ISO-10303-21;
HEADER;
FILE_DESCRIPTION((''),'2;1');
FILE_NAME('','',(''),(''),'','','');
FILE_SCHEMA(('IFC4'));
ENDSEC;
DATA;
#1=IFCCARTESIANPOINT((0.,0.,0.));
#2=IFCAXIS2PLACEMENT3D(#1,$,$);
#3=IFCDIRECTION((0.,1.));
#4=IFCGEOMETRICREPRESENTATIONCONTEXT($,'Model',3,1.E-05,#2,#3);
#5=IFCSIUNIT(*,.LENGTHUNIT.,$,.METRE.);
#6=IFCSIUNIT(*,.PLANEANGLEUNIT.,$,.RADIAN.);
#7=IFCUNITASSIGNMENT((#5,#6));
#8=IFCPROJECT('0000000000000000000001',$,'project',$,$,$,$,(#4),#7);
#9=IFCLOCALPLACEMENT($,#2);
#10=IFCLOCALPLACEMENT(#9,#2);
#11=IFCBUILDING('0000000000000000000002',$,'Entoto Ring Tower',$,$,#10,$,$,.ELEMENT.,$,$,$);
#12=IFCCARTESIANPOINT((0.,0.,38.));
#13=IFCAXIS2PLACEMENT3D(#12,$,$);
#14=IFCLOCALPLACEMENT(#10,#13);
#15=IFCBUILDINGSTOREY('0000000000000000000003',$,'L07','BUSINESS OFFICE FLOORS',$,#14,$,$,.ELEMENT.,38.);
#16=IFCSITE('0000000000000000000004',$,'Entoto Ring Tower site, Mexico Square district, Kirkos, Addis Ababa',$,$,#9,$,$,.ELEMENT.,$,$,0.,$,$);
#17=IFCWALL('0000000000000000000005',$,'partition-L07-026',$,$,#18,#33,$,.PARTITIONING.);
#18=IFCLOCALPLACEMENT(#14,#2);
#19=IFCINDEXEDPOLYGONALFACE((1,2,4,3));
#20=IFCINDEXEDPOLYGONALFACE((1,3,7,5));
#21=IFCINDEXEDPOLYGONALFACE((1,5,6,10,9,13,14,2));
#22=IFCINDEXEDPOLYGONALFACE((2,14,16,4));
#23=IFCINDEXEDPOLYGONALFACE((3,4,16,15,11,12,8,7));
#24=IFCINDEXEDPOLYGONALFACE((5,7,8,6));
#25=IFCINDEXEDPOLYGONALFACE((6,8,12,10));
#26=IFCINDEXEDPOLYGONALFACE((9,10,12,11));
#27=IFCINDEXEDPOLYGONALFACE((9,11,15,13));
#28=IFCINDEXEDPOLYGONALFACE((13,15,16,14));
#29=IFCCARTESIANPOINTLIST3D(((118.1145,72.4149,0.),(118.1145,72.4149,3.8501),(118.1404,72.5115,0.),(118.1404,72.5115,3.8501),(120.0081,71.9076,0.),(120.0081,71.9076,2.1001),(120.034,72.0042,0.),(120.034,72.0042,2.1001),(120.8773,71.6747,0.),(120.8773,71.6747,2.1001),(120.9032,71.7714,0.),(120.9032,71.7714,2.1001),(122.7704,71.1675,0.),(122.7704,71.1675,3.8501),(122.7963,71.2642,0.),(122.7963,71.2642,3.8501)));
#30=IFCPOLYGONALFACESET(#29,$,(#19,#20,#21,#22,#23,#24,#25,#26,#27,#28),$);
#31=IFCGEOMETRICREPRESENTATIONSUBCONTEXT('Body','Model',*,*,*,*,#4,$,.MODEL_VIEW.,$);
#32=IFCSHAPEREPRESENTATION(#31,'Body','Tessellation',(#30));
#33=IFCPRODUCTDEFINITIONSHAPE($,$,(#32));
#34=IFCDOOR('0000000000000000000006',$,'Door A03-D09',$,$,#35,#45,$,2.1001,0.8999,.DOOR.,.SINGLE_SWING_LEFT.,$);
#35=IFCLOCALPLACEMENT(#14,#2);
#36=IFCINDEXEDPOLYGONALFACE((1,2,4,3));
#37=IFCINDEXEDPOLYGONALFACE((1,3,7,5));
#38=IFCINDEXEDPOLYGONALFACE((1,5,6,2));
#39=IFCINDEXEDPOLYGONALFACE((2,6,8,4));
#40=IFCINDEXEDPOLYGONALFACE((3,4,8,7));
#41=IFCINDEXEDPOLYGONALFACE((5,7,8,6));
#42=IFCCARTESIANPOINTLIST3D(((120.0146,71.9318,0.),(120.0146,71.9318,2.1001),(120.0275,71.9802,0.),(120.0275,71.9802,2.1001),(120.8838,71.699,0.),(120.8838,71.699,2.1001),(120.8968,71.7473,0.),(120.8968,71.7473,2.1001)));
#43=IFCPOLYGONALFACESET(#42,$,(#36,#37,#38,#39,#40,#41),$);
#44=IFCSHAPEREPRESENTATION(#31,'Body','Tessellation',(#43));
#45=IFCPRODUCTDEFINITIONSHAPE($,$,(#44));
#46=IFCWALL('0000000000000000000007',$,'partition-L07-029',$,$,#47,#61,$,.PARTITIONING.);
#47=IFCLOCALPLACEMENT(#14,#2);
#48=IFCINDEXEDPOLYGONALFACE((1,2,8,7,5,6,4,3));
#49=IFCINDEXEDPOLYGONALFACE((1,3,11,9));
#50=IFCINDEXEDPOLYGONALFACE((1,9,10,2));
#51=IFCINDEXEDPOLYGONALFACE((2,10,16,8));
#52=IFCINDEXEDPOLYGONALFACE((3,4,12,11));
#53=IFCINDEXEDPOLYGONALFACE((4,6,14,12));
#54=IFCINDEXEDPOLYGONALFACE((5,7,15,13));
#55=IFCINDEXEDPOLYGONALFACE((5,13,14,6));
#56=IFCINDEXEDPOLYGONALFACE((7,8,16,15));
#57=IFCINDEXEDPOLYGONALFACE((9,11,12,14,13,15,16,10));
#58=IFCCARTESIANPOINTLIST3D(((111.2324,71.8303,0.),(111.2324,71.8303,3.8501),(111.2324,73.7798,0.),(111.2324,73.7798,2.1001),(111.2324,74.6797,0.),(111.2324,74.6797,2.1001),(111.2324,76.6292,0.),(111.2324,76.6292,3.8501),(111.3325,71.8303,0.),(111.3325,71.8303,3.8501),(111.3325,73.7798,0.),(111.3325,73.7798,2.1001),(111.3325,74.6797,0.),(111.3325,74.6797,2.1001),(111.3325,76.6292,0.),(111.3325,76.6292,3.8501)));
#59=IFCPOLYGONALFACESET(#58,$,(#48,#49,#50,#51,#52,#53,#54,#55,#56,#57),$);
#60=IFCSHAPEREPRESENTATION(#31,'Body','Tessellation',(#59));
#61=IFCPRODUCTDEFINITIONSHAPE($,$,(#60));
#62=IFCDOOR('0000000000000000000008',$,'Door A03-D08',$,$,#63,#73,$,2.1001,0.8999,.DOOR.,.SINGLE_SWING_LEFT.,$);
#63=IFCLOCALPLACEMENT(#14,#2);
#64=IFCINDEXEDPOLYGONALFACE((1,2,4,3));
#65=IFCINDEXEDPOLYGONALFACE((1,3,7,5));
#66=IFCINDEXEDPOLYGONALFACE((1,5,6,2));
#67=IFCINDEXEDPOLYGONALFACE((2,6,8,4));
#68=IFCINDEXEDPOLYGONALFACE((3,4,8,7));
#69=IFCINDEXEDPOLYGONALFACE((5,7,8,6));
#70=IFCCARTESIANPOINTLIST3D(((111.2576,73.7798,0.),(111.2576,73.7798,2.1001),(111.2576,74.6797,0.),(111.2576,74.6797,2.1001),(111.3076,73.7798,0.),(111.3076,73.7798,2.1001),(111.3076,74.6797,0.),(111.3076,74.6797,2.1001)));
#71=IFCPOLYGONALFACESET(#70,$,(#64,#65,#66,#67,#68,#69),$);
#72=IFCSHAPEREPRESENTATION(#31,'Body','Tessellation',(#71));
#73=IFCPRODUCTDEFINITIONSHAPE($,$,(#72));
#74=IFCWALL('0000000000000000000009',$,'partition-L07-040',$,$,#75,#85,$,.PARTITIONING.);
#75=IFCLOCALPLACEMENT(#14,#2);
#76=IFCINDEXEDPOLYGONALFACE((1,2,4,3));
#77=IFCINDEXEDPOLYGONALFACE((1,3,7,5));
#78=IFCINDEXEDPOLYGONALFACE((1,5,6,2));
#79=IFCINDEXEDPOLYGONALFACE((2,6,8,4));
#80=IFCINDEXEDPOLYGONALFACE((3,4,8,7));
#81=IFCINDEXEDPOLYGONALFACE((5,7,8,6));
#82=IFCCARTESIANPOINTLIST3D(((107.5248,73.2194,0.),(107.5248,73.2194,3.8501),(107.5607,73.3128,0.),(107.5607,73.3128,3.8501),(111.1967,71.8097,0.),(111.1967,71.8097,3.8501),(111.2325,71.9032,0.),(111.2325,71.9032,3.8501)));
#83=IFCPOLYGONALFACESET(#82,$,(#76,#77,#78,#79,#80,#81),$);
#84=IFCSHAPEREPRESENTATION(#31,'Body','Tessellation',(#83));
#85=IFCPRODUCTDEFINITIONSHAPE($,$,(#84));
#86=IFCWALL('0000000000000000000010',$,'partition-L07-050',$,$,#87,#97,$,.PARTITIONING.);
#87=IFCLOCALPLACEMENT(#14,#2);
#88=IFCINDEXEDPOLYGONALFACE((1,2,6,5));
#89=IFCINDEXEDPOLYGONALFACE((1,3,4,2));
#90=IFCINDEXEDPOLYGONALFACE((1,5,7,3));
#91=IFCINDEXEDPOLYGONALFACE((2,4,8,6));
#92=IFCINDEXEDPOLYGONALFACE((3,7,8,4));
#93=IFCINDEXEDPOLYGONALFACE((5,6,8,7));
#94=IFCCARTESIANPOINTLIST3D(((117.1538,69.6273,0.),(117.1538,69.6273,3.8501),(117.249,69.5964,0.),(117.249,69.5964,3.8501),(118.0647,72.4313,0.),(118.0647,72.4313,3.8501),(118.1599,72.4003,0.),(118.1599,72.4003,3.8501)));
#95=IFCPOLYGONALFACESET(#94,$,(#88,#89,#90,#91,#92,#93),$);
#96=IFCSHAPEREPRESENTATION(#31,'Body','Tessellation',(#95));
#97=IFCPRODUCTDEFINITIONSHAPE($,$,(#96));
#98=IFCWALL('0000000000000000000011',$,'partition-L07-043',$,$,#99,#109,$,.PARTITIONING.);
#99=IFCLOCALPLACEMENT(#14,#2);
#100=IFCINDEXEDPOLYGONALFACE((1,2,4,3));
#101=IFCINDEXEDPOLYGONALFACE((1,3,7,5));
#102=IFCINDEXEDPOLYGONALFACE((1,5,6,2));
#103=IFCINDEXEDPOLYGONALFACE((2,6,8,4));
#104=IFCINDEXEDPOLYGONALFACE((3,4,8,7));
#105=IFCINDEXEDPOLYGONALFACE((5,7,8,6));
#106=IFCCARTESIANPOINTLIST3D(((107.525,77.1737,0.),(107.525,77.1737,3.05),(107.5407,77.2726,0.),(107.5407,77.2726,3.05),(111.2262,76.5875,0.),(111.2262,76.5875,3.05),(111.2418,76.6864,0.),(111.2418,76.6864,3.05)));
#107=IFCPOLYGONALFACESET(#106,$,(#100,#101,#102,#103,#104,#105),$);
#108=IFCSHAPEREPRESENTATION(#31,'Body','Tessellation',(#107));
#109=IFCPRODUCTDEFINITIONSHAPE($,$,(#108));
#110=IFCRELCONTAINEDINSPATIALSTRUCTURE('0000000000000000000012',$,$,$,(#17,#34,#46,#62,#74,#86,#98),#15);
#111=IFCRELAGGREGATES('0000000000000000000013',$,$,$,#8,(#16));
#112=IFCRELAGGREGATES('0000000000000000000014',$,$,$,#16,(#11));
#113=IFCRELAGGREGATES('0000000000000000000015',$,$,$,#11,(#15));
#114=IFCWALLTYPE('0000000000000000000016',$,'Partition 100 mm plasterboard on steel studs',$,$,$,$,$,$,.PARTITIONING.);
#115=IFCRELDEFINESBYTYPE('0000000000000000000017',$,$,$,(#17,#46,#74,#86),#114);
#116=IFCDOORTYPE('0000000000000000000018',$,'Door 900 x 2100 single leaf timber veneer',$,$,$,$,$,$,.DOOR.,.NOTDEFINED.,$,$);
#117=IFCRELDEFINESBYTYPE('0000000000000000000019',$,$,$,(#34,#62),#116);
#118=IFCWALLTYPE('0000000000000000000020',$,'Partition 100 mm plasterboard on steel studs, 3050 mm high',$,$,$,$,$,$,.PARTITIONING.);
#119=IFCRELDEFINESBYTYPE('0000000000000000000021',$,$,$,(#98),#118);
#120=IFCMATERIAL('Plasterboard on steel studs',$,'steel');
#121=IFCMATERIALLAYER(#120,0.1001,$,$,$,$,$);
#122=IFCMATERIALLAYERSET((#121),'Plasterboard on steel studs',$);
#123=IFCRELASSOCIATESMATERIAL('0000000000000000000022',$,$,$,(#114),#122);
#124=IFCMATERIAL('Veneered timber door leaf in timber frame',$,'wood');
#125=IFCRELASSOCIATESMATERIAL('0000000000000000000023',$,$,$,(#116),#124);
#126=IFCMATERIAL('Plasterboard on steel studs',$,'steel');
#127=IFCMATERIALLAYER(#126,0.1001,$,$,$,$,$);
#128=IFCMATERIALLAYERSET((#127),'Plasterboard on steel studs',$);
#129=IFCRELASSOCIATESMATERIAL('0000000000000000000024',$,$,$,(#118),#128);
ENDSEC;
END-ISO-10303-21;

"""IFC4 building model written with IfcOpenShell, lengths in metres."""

from ifc_helpers import new_model, si_unit, direction, frame, frame_2d, origin, place, context, subcontext, project, spatial, rectangle, extrude, material, layer, layer_set, type_object, element, fill, save


model = new_model("IFC4")

# Units and contexts
model_context = context("Model", 3, precision=1e-05, world=origin(), true_north=direction((0.0, 1.0)))
body_context = subcontext(model_context, "Body", "Model", "MODEL_VIEW")
ifc_project = project(units=[si_unit("LENGTHUNIT", "METRE"), si_unit("PLANEANGLEUNIT", "RADIAN")], contexts=[model_context])

# Site, building, storey
site_placement = place(None, origin())
site = spatial("IfcSite", under=ifc_project, at=site_placement, Name="Entoto Ring Tower site, Mexico Square district, Kirkos, Addis Ababa", CompositionType="ELEMENT", RefElevation=0.0)
building_placement = place(site_placement, origin())
building = spatial("IfcBuilding", under=site, at=building_placement, Name="Entoto Ring Tower", CompositionType="ELEMENT")
storey_placement = place(building_placement, frame((0.0, 0.0, 38.0)))
storey = spatial("IfcBuildingStorey", under=building, at=storey_placement, Name="L07", Description="BUSINESS OFFICE FLOORS", CompositionType="ELEMENT", Elevation=38.0)

# Walls, openings, doors
ifc_material_1 = material(Name="Plasterboard on steel studs", Category="steel")
ifc_layer_1 = layer(ifc_material_1, 0.1001)
ifc_layer_set_1 = layer_set([ifc_layer_1], Name="Plasterboard on steel studs")
wall_type_1 = type_object("IfcWallType", Name="Partition 100 mm plasterboard on steel studs", PredefinedType="PARTITIONING", material=ifc_layer_set_1)
wall_1_placement = place(storey_placement, frame((122.7834, 71.2158, 0.0), z_axis=(0.0, 0.0, 1.0), x_axis=(-0.965936, 0.258782, 0.0)))
wall_1 = element("IfcWall", 1, at=wall_1_placement, inside=storey, type_object=wall_type_1, Name="partition-L07-026", PredefinedType="PARTITIONING", context=body_context, shape_type="SweptSolid", body=[
    extrude(rectangle(XDim=4.8201, YDim=0.1001, at=frame_2d((2.4102, 0.0))), origin(), (0.0, 0.0, 1.0), 3.8501),
])
opening_1_placement = place(wall_1_placement, frame((1.96, 0.0, 0.0)))
opening_1 = element("IfcOpeningElement", 2, at=opening_1_placement, cuts=wall_1, PredefinedType="OPENING", context=body_context, shape_type="SweptSolid", body=[
    extrude(rectangle(XDim=0.8999, YDim=2.1001, at=frame_2d((0.45, 1.05))), frame((0.0, 0.0601, 0.0), z_axis=(0.0, -1.0, 0.0), x_axis=(1.0, 0.0, 0.0)), (0.0, 0.0, 1.0), 0.1201),
])
ifc_material_2 = material(Name="Veneered timber door leaf in timber frame", Category="wood")
door_type_1 = type_object("IfcDoorType", Name="Door 900 x 2100 single leaf timber veneer", OperationType="NOTDEFINED", PredefinedType="DOOR", material=ifc_material_2)
door_1_placement = place(opening_1_placement, origin())
door_1 = element("IfcDoor", 3, at=door_1_placement, inside=storey, type_object=door_type_1, Name="Door A03-D09", OperationType="SINGLE_SWING_LEFT", OverallHeight=2.1001, OverallWidth=0.8999, PredefinedType="DOOR", context=body_context, shape_type="SweptSolid", body=[
    extrude(rectangle(XDim=0.8999, YDim=2.1001, at=frame_2d((0.45, 1.05))), frame((0.0, 0.0249, 0.0), z_axis=(0.0, -1.0, 0.0), x_axis=(1.0, 0.0, 0.0)), (0.0, 0.0, 1.0), 0.05),
])
fill(opening_1, door_1)
wall_2_placement = place(storey_placement, frame((111.2825, 71.8303, 0.0), z_axis=(0.0, 0.0, 1.0), x_axis=(0.0, 1.0, 0.0)))
wall_2 = element("IfcWall", 4, at=wall_2_placement, inside=storey, type_object=wall_type_1, Name="partition-L07-029", PredefinedType="PARTITIONING", context=body_context, shape_type="SweptSolid", body=[
    extrude(rectangle(XDim=4.7988, YDim=0.1001, at=frame_2d((2.3994, 0.0))), origin(), (0.0, 0.0, 1.0), 3.8501),
])
opening_2_placement = place(wall_2_placement, frame((1.9495, 0.0, 0.0)))
opening_2 = element("IfcOpeningElement", 5, at=opening_2_placement, cuts=wall_2, PredefinedType="OPENING", context=body_context, shape_type="SweptSolid", body=[
    extrude(rectangle(XDim=0.8999, YDim=2.1001, at=frame_2d((0.45, 1.05))), frame((0.0, 0.0601, 0.0), z_axis=(0.0, -1.0, 0.0), x_axis=(1.0, 0.0, 0.0)), (0.0, 0.0, 1.0), 0.1201),
])
door_2_placement = place(opening_2_placement, origin())
door_2 = element("IfcDoor", 6, at=door_2_placement, inside=storey, type_object=door_type_1, Name="Door A03-D08", OperationType="SINGLE_SWING_LEFT", OverallHeight=2.1001, OverallWidth=0.8999, PredefinedType="DOOR", context=body_context, shape_type="SweptSolid", body=[
    extrude(rectangle(XDim=0.8999, YDim=2.1001, at=frame_2d((0.45, 1.05))), frame((0.0, 0.0249, 0.0), z_axis=(0.0, -1.0, 0.0), x_axis=(1.0, 0.0, 0.0)), (0.0, 0.0, 1.0), 0.05),
])
fill(opening_2, door_2)

# Walls
wall_3_placement = place(storey_placement, frame((111.2146, 71.8564, 0.0), z_axis=(0.0, 0.0, 1.0), x_axis=(-0.933566, 0.358405, 0.0)))
element("IfcWall", 7, at=wall_3_placement, inside=storey, type_object=wall_type_1, Name="partition-L07-040", PredefinedType="PARTITIONING", context=body_context, shape_type="SweptSolid", body=[
    extrude(rectangle(XDim=3.9331, YDim=0.1001, at=frame_2d((1.9666, 0.0))), origin(), (0.0, 0.0, 1.0), 3.8501),
])
wall_4_placement = place(storey_placement, frame((117.2014, 69.6118, 0.0), z_axis=(0.0, 0.0, 1.0), x_axis=(0.308964, 0.951074, 0.0)))
element("IfcWall", 8, at=wall_4_placement, inside=storey, type_object=wall_type_1, Name="partition-L07-050", PredefinedType="PARTITIONING", context=body_context, shape_type="SweptSolid", body=[
    extrude(rectangle(XDim=2.9482, YDim=0.1001, at=frame_2d((1.4741, 0.0))), origin(), (0.0, 0.0, 1.0), 3.8501),
])
ifc_material_3 = material(Name="Plasterboard on steel studs", Category="steel")
ifc_layer_2 = layer(ifc_material_3, 0.1001)
ifc_layer_set_2 = layer_set([ifc_layer_2], Name="Plasterboard on steel studs")
wall_type_2 = type_object("IfcWallType", Name="Partition 100 mm plasterboard on steel studs, 3050 mm high", PredefinedType="PARTITIONING", material=ifc_layer_set_2)
wall_5_placement = place(storey_placement, frame((111.2339, 76.637, 0.0), z_axis=(0.0, 0.0, 1.0), x_axis=(-0.987689, 0.156428, 0.0)))
element("IfcWall", 9, at=wall_5_placement, inside=storey, type_object=wall_type_2, Name="partition-L07-043", PredefinedType="PARTITIONING", context=body_context, shape_type="SweptSolid", body=[
    extrude(rectangle(XDim=3.7473, YDim=0.1001, at=frame_2d((1.8735, 0.0))), origin(), (0.0, 0.0, 1.0), 3.05),
])

save(model, "model.ifc")
